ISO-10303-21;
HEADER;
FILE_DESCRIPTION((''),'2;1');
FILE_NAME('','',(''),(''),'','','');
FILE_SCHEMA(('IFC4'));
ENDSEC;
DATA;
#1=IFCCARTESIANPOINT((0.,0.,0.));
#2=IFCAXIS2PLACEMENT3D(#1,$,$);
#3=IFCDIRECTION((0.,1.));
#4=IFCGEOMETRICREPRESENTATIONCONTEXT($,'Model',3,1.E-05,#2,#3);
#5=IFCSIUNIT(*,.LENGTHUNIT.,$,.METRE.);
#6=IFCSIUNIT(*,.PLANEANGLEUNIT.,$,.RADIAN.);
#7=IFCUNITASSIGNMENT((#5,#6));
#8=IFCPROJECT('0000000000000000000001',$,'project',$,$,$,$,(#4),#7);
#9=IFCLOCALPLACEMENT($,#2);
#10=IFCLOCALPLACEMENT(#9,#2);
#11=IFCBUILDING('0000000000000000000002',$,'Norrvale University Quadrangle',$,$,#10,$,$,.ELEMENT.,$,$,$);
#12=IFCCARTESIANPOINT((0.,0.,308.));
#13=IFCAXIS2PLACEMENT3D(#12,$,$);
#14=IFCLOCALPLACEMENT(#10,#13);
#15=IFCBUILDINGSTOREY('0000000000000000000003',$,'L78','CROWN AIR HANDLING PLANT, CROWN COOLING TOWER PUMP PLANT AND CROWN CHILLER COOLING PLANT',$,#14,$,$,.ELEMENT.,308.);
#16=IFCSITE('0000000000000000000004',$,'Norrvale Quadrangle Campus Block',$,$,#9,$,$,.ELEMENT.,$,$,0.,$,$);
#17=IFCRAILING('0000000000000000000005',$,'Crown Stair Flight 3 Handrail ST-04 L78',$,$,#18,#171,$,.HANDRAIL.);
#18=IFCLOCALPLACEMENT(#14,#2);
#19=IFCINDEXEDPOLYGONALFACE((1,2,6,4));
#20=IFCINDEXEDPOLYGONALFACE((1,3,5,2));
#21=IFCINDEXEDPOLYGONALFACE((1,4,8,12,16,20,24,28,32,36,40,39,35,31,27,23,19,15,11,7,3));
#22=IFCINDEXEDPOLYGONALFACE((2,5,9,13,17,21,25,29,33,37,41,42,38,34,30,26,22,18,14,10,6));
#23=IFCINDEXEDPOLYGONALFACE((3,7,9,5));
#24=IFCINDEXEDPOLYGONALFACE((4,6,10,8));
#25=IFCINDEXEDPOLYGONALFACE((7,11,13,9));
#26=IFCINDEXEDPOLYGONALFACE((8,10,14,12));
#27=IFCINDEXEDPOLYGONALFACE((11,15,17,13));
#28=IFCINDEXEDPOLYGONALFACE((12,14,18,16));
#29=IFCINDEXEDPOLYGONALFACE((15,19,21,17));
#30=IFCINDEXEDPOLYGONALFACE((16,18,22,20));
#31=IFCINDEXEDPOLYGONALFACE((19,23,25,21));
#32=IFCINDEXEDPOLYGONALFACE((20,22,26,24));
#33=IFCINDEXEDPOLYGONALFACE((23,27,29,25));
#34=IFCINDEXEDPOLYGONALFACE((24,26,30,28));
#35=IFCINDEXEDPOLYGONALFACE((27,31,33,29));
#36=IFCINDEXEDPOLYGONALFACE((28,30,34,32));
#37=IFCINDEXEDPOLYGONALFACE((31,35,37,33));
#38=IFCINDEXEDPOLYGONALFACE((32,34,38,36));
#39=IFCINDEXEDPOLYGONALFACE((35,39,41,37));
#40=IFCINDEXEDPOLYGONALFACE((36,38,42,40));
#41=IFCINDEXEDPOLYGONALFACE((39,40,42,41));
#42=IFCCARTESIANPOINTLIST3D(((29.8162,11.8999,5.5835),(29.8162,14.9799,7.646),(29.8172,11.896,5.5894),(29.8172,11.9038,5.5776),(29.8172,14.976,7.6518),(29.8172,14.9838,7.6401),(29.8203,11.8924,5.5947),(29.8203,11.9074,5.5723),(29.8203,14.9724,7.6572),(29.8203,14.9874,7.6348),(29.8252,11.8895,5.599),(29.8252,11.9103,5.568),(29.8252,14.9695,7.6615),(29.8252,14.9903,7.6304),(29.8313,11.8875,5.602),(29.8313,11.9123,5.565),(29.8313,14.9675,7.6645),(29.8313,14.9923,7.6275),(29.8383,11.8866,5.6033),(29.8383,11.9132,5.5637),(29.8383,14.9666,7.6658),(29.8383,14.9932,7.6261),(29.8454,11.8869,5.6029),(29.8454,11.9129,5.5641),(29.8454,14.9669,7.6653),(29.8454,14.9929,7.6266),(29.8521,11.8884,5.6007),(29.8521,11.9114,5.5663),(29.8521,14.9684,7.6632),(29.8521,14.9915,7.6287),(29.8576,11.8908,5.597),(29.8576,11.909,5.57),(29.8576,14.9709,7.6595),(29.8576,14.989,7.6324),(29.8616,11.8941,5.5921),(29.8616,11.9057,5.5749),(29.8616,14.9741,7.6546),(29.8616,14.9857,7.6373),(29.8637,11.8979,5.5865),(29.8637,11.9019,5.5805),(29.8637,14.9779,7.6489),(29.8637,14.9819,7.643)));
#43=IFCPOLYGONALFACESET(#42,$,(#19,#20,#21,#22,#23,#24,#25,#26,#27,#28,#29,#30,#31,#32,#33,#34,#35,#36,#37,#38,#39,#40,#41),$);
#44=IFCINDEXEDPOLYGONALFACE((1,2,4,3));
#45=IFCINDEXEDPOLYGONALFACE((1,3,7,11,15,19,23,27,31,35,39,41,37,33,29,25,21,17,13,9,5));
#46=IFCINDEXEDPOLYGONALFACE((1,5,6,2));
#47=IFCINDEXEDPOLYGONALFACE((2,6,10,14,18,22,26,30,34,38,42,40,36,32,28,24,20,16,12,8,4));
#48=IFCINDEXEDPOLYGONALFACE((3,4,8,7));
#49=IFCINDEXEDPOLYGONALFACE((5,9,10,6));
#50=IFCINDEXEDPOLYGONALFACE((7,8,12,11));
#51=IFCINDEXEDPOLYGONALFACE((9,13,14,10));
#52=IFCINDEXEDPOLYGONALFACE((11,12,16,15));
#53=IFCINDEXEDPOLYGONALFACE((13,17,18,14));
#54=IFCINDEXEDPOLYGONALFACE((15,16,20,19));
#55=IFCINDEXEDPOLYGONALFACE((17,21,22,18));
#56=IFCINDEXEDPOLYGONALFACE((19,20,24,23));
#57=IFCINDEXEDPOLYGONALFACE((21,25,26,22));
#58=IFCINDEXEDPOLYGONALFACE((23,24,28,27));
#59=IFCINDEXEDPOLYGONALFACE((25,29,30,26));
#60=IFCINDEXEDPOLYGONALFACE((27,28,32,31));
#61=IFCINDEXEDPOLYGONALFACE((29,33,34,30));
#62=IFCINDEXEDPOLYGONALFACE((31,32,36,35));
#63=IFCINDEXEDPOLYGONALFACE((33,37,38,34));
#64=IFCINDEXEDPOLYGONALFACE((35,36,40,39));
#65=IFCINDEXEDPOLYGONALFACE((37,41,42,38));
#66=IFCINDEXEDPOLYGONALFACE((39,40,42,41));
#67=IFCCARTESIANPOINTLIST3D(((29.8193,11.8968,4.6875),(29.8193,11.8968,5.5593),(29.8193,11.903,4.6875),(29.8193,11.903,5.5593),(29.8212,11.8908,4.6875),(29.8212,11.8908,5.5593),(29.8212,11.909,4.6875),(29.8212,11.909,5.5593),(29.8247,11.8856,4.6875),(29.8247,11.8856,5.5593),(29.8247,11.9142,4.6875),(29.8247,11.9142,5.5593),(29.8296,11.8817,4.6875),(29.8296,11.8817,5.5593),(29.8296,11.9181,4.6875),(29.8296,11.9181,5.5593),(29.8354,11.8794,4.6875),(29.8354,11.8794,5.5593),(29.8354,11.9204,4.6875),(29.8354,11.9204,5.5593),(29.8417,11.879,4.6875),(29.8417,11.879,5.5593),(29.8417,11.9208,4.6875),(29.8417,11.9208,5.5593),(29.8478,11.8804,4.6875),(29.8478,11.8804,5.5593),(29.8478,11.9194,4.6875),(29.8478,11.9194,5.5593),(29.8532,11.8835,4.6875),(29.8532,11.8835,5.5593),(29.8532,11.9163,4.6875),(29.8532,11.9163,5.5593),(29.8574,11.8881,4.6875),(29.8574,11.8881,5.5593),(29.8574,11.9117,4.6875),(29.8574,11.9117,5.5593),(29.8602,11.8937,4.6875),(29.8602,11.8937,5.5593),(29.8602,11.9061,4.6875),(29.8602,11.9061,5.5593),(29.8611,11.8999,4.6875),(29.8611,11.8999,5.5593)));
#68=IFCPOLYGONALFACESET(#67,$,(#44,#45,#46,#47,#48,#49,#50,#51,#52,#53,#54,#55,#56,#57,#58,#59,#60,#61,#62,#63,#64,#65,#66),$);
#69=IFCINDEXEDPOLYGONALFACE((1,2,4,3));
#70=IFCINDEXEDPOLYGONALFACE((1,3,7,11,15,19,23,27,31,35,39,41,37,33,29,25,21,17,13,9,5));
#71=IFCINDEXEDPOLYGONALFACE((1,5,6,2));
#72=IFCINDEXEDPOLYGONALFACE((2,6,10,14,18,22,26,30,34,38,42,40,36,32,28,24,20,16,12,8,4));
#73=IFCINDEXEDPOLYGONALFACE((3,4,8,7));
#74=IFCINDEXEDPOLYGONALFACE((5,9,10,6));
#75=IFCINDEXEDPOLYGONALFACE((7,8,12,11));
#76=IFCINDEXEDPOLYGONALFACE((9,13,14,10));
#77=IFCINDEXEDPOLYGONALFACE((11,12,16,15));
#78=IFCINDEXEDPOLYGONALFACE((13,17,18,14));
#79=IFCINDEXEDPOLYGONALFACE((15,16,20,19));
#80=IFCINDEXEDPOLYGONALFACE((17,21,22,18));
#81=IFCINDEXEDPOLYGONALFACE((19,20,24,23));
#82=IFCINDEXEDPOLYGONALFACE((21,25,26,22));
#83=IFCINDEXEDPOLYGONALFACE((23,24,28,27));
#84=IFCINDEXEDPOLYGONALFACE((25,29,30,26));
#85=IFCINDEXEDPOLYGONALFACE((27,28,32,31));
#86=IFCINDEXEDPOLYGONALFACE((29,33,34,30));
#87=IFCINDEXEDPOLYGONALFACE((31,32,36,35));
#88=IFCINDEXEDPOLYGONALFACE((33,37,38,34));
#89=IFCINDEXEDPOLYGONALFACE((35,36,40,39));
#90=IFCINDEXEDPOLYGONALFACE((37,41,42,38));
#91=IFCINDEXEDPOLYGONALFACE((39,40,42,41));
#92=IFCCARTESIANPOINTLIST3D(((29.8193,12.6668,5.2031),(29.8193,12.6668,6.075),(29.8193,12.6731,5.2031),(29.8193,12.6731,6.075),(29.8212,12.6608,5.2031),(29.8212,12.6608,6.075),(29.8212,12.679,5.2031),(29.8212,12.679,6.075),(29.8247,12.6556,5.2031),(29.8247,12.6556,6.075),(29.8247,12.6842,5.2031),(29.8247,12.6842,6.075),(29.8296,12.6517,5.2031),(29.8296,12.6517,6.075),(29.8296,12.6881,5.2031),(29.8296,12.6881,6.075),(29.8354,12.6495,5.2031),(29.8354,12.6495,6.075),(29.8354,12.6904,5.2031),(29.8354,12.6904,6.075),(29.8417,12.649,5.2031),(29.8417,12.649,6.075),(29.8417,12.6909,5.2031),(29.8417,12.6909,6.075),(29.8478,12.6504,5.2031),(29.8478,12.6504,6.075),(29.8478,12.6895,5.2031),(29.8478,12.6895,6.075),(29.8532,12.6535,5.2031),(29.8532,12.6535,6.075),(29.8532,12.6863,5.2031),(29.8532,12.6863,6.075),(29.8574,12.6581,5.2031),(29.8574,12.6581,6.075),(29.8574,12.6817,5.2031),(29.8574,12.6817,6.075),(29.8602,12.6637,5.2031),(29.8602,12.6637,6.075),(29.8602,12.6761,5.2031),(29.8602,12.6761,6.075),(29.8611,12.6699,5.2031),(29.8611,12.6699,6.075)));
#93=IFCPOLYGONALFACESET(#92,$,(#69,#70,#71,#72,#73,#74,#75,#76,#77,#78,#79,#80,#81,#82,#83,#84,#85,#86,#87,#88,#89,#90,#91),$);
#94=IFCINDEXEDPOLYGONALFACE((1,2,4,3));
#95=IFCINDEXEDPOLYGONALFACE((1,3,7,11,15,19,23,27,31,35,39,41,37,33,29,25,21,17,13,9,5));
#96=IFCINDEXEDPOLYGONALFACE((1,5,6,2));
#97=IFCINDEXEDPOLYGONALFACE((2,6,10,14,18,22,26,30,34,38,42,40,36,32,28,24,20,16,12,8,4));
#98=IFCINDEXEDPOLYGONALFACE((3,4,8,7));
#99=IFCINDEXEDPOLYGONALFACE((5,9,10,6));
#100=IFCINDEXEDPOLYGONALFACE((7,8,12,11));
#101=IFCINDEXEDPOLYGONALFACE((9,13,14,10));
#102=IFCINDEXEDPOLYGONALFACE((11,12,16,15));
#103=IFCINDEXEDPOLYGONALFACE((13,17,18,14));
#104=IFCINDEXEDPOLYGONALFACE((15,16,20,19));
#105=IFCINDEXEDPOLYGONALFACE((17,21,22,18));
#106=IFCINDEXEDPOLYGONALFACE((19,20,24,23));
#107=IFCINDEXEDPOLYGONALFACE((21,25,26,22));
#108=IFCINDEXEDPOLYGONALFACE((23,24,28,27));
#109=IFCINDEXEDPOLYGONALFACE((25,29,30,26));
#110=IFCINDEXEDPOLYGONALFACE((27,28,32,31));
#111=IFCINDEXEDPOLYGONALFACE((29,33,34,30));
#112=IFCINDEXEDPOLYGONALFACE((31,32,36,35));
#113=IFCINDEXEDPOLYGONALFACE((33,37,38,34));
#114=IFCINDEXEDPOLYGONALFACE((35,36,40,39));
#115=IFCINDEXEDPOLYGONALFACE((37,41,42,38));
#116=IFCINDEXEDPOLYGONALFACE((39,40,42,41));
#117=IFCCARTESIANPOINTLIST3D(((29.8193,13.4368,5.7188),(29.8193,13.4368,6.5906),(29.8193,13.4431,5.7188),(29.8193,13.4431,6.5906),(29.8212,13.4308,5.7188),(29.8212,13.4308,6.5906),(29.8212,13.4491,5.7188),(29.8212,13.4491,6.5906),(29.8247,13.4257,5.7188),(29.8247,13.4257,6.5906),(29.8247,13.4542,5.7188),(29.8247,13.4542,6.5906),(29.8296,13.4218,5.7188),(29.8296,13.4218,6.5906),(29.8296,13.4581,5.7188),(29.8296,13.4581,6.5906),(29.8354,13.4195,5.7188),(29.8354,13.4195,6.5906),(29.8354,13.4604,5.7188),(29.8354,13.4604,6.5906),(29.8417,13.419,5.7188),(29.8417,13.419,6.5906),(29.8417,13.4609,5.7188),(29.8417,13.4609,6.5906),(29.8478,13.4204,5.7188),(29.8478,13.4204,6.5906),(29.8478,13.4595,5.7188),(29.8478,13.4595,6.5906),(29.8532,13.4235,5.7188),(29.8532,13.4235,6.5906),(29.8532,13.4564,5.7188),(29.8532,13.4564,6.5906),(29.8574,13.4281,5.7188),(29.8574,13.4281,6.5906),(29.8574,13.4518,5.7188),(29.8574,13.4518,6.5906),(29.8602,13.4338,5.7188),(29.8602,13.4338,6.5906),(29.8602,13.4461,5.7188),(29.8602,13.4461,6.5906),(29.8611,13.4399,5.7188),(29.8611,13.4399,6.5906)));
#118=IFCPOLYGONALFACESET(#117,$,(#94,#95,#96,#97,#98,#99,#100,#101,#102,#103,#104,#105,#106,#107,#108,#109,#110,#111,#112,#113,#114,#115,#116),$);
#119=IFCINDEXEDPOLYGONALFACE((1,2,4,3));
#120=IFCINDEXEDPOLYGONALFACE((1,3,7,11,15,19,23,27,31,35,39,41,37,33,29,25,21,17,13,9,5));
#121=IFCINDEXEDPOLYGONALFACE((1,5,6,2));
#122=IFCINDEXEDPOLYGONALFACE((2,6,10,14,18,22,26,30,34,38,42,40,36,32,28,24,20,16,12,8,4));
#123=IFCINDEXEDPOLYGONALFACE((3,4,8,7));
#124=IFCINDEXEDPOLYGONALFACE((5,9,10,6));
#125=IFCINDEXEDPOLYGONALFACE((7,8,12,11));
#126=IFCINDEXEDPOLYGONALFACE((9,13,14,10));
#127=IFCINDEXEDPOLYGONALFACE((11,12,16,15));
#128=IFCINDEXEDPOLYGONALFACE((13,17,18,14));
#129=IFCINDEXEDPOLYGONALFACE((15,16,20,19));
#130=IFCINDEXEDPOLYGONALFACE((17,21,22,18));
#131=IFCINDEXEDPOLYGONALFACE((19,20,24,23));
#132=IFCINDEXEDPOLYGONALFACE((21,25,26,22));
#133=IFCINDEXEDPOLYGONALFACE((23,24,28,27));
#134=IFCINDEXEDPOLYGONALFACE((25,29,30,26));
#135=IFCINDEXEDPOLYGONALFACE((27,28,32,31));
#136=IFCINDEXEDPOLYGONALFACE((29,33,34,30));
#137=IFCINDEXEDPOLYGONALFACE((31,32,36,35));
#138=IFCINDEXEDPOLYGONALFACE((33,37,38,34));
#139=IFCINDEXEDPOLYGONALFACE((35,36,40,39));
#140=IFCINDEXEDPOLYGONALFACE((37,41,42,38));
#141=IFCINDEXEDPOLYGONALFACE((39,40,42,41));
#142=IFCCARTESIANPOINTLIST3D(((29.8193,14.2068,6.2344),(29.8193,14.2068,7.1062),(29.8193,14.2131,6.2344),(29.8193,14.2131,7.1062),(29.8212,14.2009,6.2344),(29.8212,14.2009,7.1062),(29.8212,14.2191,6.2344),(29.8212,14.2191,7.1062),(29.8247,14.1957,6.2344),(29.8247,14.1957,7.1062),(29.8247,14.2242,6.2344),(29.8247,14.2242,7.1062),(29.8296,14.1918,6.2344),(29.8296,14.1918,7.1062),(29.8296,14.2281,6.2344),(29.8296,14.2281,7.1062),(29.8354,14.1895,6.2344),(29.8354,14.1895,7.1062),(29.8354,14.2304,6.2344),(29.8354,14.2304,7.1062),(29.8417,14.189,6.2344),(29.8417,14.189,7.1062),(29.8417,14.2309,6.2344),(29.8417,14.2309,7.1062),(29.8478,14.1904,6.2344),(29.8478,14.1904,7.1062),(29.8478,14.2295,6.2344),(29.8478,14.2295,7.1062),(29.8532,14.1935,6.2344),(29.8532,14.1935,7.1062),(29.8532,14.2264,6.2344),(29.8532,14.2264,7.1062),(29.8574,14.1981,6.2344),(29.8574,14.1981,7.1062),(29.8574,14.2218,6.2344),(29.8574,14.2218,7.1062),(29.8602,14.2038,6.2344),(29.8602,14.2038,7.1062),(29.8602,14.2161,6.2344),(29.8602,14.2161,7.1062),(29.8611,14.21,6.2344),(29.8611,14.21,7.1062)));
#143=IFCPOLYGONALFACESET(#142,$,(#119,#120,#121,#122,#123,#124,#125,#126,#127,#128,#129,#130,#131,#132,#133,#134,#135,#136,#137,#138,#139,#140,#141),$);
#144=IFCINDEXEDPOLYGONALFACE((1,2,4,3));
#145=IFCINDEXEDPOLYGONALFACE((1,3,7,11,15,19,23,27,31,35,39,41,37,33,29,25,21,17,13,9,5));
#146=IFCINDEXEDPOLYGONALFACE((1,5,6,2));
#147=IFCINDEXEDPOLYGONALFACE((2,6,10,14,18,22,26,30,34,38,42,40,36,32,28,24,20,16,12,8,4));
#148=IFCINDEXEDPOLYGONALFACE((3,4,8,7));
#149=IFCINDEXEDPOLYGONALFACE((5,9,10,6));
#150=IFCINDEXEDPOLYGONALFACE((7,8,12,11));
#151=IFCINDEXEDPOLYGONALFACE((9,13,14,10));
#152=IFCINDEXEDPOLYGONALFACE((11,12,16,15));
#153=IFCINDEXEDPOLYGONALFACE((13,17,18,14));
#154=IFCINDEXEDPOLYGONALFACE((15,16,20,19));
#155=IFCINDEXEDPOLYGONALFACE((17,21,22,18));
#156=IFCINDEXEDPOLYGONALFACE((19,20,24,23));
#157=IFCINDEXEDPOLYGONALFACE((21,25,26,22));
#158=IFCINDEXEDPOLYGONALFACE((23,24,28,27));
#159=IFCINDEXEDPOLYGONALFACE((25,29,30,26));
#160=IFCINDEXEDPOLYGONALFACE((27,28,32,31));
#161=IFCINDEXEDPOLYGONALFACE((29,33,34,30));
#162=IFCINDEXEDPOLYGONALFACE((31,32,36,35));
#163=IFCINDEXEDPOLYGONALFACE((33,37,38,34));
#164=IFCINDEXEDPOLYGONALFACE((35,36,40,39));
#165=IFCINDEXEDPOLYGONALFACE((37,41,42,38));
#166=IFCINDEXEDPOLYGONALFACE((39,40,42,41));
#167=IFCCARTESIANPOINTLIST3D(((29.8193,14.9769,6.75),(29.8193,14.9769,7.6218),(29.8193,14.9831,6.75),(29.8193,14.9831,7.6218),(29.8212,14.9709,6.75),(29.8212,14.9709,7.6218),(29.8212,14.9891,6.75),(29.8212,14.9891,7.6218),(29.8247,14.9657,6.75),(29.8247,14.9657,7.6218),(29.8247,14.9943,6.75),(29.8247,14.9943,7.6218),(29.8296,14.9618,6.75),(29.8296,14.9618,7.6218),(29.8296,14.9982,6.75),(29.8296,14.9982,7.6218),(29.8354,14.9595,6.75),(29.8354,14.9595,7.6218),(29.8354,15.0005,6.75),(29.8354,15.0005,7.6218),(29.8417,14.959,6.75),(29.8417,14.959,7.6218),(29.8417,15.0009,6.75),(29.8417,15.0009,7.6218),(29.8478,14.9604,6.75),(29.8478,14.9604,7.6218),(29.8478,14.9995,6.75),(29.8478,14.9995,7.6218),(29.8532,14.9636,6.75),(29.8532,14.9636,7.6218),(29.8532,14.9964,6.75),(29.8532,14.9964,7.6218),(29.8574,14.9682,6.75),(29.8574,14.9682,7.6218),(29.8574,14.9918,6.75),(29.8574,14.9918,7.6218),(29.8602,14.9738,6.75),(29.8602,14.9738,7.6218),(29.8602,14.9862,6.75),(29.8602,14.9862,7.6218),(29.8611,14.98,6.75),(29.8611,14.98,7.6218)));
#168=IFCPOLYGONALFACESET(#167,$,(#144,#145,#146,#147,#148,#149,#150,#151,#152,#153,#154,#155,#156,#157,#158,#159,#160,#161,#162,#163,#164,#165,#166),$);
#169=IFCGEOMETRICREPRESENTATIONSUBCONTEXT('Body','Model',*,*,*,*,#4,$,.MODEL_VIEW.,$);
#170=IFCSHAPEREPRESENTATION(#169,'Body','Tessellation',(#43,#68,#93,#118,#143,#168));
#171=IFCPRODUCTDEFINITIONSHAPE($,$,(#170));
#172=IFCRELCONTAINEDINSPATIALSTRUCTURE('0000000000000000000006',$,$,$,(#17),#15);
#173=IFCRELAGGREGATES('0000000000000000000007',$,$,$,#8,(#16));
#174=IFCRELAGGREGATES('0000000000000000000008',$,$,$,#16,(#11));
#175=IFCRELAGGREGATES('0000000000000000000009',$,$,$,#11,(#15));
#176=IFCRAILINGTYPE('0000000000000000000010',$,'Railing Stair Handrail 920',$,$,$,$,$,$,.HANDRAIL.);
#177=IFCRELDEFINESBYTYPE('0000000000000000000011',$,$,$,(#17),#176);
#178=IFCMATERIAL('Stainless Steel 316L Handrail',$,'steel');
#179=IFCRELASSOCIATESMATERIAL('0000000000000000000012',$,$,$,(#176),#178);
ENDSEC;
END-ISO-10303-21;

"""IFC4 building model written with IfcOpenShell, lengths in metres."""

from ifc_helpers import new_model, si_unit, direction, frame, origin, origin_2d, place, context, subcontext, project, spatial, circle, extrude, material, type_object, element, save


model = new_model("IFC4")

# Units and contexts
model_context = context("Model", 3, precision=1e-05, world=origin(), true_north=direction((0.0, 1.0)))
body_context = subcontext(model_context, "Body", "Model", "MODEL_VIEW")
ifc_project = project(units=[si_unit("LENGTHUNIT", "METRE"), si_unit("PLANEANGLEUNIT", "RADIAN")], contexts=[model_context])

# Site, building, storey
site_placement = place(None, origin())
site = spatial("IfcSite", under=ifc_project, at=site_placement, Name="Norrvale Quadrangle Campus Block", CompositionType="ELEMENT", RefElevation=0.0)
building_placement = place(site_placement, origin())
building = spatial("IfcBuilding", under=site, at=building_placement, Name="Norrvale University Quadrangle", CompositionType="ELEMENT")
storey_placement = place(building_placement, frame((0.0, 0.0, 308.0)))
storey = spatial("IfcBuildingStorey", under=building, at=storey_placement, Name="L78", Description="CROWN AIR HANDLING PLANT, CROWN COOLING TOWER PUMP PLANT AND CROWN CHILLER COOLING PLANT", CompositionType="ELEMENT", Elevation=308.0)

# Railing
ifc_material_1 = material(Name="Stainless Steel 316L Handrail", Category="steel")
railing_type_1 = type_object("IfcRailingType", Name="Railing Stair Handrail 920", PredefinedType="HANDRAIL", material=ifc_material_1)
for number, where, name in (
    (1, (29.8401, 11.8999, 4.6875), "Crown Stair Flight 3 Handrail ST-04 L78"),
):
    element("IfcRailing", number, at=place(storey_placement, frame(where)), inside=storey, type_object=railing_type_1, Name=name, PredefinedType="HANDRAIL", context=body_context, shape_type="SweptSolid", body=[
        extrude(circle(Radius=0.0239, at=origin_2d()), frame((0.0, 0.0, 0.896), z_axis=(0.0, 0.830914, 0.556401), x_axis=(-1.0, 0.0, 0.0)), (0.0, 0.0, 1.0), 3.7068),
        extrude(circle(Radius=0.021, at=origin_2d()), origin(), (0.0, 0.0, 1.0), 0.8718),
        extrude(circle(Radius=0.021, at=origin_2d()), frame((0.0, 0.77, 0.5156)), (0.0, 0.0, 1.0), 0.8718),
        extrude(circle(Radius=0.021, at=origin_2d()), frame((0.0, 1.54, 1.0312)), (0.0, 0.0, 1.0), 0.8718),
        extrude(circle(Radius=0.021, at=origin_2d()), frame((0.0, 2.3101, 1.5469)), (0.0, 0.0, 1.0), 0.8718),
        extrude(circle(Radius=0.021, at=origin_2d()), frame((0.0, 3.0801, 2.0625)), (0.0, 0.0, 1.0), 0.8718),
    ])

save(model, "model.ifc")
